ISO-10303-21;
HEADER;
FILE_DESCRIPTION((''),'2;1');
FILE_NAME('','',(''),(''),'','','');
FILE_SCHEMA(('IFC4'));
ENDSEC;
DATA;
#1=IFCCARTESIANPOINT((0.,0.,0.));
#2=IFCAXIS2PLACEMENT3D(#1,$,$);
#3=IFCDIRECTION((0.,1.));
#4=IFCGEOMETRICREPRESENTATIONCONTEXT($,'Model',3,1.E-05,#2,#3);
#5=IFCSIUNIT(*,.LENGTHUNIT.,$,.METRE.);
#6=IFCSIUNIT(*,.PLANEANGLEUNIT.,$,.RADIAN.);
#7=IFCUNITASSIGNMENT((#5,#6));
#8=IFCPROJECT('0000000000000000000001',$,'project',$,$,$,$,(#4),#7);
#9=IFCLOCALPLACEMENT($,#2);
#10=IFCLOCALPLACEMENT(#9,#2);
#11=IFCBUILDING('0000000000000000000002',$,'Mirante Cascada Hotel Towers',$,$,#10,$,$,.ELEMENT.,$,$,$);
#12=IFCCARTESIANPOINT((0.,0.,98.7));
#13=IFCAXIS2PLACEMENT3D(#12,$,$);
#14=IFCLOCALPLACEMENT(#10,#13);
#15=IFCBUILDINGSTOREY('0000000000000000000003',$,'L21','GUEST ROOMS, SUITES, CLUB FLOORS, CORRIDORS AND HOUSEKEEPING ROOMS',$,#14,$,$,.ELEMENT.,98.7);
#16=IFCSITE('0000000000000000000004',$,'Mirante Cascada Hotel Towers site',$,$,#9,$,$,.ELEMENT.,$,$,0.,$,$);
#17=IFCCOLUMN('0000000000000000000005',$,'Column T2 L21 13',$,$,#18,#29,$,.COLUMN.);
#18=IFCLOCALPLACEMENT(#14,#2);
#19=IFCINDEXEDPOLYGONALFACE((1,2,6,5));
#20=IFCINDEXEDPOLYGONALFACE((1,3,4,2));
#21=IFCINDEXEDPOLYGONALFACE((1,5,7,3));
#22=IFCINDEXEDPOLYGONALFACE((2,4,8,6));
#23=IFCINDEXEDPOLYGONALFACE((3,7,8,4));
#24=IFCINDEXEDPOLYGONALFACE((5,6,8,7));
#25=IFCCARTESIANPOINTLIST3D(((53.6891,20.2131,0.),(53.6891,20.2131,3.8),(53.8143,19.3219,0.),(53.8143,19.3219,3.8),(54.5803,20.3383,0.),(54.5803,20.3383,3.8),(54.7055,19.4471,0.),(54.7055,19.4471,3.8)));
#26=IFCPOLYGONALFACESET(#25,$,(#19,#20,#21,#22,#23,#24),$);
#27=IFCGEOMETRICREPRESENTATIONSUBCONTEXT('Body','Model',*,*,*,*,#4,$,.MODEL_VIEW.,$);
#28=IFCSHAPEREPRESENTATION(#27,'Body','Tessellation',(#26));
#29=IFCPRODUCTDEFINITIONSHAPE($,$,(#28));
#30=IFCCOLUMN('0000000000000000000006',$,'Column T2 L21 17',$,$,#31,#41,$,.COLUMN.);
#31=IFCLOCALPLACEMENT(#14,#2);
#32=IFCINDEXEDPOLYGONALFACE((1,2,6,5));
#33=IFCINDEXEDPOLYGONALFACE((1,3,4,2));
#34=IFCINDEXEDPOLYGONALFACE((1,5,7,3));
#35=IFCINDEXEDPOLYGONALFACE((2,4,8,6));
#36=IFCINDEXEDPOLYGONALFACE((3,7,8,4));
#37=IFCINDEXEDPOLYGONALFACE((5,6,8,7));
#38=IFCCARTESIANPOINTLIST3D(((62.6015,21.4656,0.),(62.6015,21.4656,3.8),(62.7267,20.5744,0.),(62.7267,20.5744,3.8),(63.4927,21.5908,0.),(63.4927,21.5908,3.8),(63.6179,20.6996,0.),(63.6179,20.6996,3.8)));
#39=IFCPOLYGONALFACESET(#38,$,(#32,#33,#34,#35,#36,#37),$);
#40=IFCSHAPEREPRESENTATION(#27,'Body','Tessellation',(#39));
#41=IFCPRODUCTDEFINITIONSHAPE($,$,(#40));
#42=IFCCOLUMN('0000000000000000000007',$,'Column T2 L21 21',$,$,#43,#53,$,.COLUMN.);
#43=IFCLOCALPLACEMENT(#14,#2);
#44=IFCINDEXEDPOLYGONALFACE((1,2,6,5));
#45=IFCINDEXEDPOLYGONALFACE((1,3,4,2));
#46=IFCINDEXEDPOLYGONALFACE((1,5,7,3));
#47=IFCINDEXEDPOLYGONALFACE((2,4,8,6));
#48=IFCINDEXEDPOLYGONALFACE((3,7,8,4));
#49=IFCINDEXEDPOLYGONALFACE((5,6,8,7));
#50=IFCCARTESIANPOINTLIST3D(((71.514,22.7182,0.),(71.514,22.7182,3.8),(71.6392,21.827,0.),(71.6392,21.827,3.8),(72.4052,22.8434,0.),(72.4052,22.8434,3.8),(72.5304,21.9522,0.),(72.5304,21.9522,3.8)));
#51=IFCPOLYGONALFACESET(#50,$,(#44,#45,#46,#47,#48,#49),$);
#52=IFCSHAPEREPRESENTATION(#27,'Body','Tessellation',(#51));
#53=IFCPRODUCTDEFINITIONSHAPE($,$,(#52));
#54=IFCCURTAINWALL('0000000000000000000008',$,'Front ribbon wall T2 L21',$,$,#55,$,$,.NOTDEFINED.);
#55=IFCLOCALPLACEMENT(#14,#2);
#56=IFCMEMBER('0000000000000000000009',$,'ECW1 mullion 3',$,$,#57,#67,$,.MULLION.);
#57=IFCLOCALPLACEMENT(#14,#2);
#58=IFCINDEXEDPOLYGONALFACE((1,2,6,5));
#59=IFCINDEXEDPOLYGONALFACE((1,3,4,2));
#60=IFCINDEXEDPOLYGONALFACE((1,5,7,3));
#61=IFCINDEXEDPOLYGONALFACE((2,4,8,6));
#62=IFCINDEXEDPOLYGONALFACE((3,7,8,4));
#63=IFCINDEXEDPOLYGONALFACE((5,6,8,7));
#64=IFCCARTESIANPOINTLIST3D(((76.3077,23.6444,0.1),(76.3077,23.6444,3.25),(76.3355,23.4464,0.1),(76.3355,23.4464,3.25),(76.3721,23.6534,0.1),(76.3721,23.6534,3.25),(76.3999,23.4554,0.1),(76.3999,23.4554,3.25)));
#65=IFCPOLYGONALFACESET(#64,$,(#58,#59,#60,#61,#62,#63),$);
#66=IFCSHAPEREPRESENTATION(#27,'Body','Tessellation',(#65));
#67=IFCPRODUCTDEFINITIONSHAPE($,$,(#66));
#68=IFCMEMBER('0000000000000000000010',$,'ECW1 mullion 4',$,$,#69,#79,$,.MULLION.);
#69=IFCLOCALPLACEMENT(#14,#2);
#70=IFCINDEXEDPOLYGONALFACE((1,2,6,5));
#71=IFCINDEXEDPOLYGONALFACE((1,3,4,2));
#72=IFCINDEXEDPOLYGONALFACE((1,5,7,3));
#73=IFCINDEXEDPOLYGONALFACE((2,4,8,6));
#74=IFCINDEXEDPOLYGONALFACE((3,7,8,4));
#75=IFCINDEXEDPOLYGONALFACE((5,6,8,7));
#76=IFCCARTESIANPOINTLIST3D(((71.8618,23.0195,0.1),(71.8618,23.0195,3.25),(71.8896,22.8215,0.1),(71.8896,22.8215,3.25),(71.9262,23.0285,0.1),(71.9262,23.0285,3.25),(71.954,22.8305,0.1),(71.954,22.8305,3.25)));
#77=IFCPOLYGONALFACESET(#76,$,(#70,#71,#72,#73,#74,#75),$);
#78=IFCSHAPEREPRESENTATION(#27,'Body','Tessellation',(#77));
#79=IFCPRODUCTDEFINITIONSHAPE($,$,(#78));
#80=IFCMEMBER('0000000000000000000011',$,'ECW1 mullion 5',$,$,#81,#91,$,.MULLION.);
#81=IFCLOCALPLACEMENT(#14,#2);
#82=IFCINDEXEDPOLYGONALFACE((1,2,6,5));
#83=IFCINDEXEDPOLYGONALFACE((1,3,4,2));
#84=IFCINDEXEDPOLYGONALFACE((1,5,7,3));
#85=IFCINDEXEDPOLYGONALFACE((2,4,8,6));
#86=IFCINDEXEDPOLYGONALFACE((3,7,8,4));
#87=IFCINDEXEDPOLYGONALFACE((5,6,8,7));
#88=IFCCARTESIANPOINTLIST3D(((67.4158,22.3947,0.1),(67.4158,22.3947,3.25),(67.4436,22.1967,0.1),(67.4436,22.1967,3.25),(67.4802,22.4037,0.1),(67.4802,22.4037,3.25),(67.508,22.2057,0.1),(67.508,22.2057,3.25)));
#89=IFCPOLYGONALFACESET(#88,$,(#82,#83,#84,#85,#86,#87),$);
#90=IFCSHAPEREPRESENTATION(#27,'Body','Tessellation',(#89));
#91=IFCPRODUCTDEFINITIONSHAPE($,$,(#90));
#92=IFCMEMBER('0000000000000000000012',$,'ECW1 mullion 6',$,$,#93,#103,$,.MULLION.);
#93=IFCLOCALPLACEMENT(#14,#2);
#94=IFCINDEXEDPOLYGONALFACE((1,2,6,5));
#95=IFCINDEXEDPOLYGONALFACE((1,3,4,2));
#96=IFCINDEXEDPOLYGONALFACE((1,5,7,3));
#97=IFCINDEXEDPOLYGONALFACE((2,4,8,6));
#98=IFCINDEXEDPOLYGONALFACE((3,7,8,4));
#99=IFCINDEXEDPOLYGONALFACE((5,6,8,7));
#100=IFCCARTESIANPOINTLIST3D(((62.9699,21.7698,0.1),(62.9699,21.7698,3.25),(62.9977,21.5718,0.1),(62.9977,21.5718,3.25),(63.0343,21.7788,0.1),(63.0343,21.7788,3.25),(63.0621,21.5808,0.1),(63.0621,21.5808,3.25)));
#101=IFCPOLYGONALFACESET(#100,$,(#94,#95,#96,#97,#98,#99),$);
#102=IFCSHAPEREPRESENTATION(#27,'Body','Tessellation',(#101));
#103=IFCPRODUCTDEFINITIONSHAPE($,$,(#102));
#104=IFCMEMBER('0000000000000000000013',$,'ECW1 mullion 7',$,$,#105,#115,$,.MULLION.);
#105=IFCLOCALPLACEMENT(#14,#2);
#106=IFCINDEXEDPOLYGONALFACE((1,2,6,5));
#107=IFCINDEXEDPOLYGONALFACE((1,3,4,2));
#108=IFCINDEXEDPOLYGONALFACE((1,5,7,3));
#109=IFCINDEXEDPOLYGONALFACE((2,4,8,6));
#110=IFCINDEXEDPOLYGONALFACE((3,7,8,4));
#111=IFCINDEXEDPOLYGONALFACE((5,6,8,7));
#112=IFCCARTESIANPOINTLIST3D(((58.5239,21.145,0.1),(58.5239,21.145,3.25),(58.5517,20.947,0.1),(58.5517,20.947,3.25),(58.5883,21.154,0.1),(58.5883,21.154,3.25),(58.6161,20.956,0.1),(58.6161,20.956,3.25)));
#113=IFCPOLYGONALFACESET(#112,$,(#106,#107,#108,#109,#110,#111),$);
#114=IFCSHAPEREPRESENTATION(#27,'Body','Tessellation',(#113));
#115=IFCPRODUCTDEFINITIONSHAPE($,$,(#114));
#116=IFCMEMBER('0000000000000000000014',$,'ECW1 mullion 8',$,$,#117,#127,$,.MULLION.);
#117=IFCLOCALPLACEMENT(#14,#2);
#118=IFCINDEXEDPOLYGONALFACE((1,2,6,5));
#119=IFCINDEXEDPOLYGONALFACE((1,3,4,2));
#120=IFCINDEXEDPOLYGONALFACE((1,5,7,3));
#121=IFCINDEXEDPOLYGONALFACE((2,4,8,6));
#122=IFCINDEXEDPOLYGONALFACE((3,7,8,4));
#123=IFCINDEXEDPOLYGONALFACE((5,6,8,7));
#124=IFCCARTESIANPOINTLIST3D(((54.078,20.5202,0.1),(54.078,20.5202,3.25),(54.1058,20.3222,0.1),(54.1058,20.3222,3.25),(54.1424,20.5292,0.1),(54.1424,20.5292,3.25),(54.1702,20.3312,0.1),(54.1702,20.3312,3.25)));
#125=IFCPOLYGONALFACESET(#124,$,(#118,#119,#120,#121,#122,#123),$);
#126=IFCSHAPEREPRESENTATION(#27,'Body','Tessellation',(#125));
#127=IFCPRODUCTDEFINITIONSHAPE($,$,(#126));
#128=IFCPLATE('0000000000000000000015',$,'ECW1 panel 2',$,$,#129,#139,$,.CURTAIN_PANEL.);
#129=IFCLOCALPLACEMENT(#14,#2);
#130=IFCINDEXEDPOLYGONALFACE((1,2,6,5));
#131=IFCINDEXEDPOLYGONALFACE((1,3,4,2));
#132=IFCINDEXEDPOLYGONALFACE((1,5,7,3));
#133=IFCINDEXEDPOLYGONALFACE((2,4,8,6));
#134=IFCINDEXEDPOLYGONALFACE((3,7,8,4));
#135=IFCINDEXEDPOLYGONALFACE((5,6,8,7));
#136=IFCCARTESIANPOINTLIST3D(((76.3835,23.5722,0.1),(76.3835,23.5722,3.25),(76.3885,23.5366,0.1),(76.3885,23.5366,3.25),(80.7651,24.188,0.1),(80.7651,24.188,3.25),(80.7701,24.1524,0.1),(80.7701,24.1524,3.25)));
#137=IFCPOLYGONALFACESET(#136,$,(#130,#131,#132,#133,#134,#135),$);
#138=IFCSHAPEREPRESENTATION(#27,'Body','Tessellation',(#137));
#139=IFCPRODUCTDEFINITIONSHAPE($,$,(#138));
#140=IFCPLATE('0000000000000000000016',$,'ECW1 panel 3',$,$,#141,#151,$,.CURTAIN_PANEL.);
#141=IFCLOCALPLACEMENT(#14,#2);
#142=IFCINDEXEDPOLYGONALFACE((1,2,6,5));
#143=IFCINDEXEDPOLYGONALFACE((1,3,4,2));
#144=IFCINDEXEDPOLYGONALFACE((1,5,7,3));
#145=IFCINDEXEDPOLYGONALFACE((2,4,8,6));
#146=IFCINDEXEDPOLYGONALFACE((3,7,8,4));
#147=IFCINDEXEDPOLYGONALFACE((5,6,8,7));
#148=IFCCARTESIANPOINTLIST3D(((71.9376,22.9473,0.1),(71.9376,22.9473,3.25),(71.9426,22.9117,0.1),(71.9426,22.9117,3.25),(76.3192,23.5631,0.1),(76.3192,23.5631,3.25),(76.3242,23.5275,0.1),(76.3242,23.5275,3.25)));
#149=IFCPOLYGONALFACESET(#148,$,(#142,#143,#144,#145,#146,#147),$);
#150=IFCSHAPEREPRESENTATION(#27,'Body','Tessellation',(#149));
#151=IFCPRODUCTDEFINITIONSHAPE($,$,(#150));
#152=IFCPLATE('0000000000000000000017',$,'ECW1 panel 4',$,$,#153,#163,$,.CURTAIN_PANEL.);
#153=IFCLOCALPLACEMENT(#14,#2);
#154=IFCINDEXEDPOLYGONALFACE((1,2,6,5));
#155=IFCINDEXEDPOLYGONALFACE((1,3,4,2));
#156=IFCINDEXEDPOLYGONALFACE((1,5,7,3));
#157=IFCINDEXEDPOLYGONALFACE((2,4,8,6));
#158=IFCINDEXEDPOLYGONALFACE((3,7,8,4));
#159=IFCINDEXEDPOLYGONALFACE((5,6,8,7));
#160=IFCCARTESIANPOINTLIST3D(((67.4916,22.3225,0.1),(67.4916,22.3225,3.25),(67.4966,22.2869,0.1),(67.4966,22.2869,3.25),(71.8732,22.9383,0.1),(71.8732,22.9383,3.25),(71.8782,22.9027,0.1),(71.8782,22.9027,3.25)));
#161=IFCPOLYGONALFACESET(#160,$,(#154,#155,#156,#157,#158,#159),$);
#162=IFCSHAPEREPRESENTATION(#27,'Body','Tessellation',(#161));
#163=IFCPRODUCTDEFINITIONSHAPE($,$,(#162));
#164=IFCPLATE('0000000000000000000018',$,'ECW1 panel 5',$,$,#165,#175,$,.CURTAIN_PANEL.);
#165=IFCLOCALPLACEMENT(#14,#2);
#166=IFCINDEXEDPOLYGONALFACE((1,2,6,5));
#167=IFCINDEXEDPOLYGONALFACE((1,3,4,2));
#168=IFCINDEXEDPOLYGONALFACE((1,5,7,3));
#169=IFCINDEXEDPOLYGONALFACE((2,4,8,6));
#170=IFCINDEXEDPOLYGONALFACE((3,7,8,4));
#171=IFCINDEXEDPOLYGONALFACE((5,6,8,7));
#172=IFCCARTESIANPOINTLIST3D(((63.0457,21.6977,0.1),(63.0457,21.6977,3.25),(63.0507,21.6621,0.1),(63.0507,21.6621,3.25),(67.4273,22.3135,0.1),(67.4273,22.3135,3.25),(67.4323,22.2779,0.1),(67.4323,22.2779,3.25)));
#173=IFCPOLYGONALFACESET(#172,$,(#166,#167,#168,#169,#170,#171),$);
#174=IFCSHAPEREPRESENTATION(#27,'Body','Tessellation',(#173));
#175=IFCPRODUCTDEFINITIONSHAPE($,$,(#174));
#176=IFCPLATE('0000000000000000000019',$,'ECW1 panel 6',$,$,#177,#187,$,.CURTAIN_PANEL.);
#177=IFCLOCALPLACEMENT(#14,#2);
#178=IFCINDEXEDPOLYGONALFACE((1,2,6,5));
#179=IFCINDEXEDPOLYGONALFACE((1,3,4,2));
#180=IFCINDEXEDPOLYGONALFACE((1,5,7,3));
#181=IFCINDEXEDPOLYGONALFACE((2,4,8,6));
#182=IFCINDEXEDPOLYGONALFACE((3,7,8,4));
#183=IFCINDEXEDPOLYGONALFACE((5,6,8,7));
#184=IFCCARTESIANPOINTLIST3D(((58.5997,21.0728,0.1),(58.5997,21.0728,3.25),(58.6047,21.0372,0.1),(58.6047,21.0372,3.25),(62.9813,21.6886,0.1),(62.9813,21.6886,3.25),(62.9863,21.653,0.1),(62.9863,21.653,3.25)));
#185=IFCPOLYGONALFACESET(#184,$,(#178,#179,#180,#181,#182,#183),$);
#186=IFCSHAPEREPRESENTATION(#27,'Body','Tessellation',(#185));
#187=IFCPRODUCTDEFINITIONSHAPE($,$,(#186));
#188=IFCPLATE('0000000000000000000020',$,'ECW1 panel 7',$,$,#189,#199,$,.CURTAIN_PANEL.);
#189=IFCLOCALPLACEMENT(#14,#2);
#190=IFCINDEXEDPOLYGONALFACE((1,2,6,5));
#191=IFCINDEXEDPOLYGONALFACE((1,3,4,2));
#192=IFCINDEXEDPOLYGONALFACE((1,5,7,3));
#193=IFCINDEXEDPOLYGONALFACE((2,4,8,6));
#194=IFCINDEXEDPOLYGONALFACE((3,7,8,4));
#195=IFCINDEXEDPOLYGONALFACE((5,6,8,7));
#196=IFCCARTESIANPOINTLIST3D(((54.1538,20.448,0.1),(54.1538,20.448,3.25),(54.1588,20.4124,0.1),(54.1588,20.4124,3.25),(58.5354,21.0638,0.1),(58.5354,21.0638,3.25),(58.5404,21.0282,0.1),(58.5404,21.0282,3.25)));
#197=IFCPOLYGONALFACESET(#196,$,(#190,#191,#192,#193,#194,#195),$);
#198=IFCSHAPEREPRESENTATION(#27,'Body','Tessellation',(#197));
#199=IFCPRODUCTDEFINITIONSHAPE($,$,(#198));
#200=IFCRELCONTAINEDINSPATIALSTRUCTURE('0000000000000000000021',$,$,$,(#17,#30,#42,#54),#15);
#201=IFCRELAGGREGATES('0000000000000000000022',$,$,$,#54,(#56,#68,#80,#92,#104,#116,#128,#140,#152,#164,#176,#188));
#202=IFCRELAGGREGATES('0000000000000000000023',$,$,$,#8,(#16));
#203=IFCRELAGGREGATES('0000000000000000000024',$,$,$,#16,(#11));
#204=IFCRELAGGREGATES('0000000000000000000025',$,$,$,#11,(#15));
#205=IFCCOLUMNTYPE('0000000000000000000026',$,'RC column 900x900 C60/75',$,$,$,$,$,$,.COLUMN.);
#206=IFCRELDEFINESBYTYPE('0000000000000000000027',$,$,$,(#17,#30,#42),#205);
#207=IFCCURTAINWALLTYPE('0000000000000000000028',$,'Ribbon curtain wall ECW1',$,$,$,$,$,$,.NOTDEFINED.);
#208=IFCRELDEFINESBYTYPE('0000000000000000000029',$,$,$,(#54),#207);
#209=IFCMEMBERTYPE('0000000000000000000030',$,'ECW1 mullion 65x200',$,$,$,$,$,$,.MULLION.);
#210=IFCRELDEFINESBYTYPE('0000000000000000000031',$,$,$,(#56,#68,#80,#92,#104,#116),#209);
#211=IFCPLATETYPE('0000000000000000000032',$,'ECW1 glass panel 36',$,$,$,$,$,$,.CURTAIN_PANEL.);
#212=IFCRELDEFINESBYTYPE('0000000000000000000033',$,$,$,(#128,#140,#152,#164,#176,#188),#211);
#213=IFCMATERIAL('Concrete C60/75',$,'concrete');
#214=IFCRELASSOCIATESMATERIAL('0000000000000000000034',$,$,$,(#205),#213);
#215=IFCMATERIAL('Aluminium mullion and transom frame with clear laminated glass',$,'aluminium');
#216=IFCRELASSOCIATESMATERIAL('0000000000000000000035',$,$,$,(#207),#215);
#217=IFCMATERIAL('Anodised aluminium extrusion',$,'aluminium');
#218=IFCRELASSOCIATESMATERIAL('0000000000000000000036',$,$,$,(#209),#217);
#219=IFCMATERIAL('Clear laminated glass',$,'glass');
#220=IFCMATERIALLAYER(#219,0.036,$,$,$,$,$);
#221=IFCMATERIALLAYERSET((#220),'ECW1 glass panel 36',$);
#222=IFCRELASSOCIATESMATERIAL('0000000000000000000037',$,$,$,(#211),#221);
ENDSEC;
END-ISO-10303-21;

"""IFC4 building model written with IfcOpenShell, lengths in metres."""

from ifc_helpers import new_model, si_unit, direction, frame, origin, origin_2d, place, context, subcontext, project, spatial, rectangle, extrude, material, layer, layer_set, material_profile, profile_set, type_object, element, aggregate, save


model = new_model("IFC4")

# Units and contexts
model_context = context("Model", 3, precision=1e-05, world=origin(), true_north=direction((0.0, 1.0)))
body_context = subcontext(model_context, "Body", "Model", "MODEL_VIEW")
ifc_project = project(units=[si_unit("LENGTHUNIT", "METRE"), si_unit("PLANEANGLEUNIT", "RADIAN")], contexts=[model_context])

# Site, building, storey
site_placement = place(None, origin())
site = spatial("IfcSite", under=ifc_project, at=site_placement, Name="Mirante Cascada Hotel Towers site", CompositionType="ELEMENT", RefElevation=0.0)
building_placement = place(site_placement, origin())
building = spatial("IfcBuilding", under=site, at=building_placement, Name="Mirante Cascada Hotel Towers", CompositionType="ELEMENT")
storey_placement = place(building_placement, frame((0.0, 0.0, 98.7)))
storey = spatial("IfcBuildingStorey", under=building, at=storey_placement, Name="L21", Description="GUEST ROOMS, SUITES, CLUB FLOORS, CORRIDORS AND HOUSEKEEPING ROOMS", CompositionType="ELEMENT", Elevation=98.7)

# Columns
ifc_material_1 = material(Name="Concrete C60/75", Category="concrete")
ifc_material_profile_1 = material_profile(ifc_material_1, rectangle(XDim=0.9, YDim=0.9, at=origin_2d()), Name="RC column 900x900 C60/75")
ifc_profile_set_1 = profile_set([ifc_material_profile_1], Name="Concrete C60/75")
column_type = type_object("IfcColumnType", Name="RC column 900x900 C60/75", PredefinedType="COLUMN", material=ifc_profile_set_1)
for number, where, z_axis, x_axis, name in (
    (1, (54.1973, 19.8301, 0.0), (0.0, 0.0, 1.0), (0.990268, 0.139173, 0.0), "Column T2 L21 13"),
    (2, (63.1097, 21.0826, 0.0), (0.0, 0.0, 1.0), (0.990268, 0.139173, 0.0), "Column T2 L21 17"),
    (3, (72.0222, 22.3352, 0.0), (0.0, 0.0, 1.0), (0.990268, 0.139173, 0.0), "Column T2 L21 21"),
):
    element("IfcColumn", number, at=place(storey_placement, frame(where, z_axis=z_axis, x_axis=x_axis)), inside=storey, type_object=column_type, Name=name, PredefinedType="COLUMN", context=body_context, shape_type="SweptSolid", body=[
        extrude(rectangle(XDim=0.9, YDim=0.9, at=origin_2d()), origin(), (0.0, 0.0, 1.0), 3.8),
    ])

# Curtain wall, members, plates
ifc_material_2 = material(Name="Aluminium mullion and transom frame with clear laminated glass", Category="aluminium")
curtain_wall_type = type_object("IfcCurtainWallType", Name="Ribbon curtain wall ECW1", PredefinedType="NOTDEFINED", material=ifc_material_2)
curtain_wall_placement = place(storey_placement, origin())
curtain_wall = element("IfcCurtainWall", 4, at=curtain_wall_placement, inside=storey, type_object=curtain_wall_type, Name="Front ribbon wall T2 L21", PredefinedType="NOTDEFINED")
ifc_material_3 = material(Name="Anodised aluminium extrusion", Category="aluminium")
ifc_material_profile_2 = material_profile(ifc_material_3, rectangle(XDim=0.2, YDim=0.065, at=origin_2d()), Name="ECW1 MULLION 65x200")
ifc_profile_set_2 = profile_set([ifc_material_profile_2], Name="Anodised aluminium extrusion")
member_type = type_object("IfcMemberType", Name="ECW1 mullion 65x200", PredefinedType="MULLION", material=ifc_profile_set_2)
member_1_placement = place(storey_placement, frame((76.3538, 23.5499, 0.1), z_axis=(0.0, 0.0, 1.0), x_axis=(0.139173, -0.990268, 0.0)))
member_1 = element("IfcMember", 5, at=member_1_placement, type_object=member_type, Name="ECW1 mullion 3", PredefinedType="MULLION", context=body_context, shape_type="SweptSolid", body=[
    extrude(rectangle(XDim=0.2, YDim=0.065, at=origin_2d()), origin(), (0.0, 0.0, 1.0), 3.15),
])
member_2_placement = place(storey_placement, frame((71.9079, 22.925, 0.1), z_axis=(0.0, 0.0, 1.0), x_axis=(0.139173, -0.990268, 0.0)))
member_2 = element("IfcMember", 6, at=member_2_placement, type_object=member_type, Name="ECW1 mullion 4", PredefinedType="MULLION", context=body_context, shape_type="SweptSolid", body=[
    extrude(rectangle(XDim=0.2, YDim=0.065, at=origin_2d()), origin(), (0.0, 0.0, 1.0), 3.15),
])
member_3_placement = place(storey_placement, frame((67.4619, 22.3002, 0.1), z_axis=(0.0, 0.0, 1.0), x_axis=(0.139173, -0.990268, 0.0)))
member_3 = element("IfcMember", 7, at=member_3_placement, type_object=member_type, Name="ECW1 mullion 5", PredefinedType="MULLION", context=body_context, shape_type="SweptSolid", body=[
    extrude(rectangle(XDim=0.2, YDim=0.065, at=origin_2d()), origin(), (0.0, 0.0, 1.0), 3.15),
])
member_4_placement = place(storey_placement, frame((63.016, 21.6753, 0.1), z_axis=(0.0, 0.0, 1.0), x_axis=(0.139173, -0.990268, 0.0)))
member_4 = element("IfcMember", 8, at=member_4_placement, type_object=member_type, Name="ECW1 mullion 6", PredefinedType="MULLION", context=body_context, shape_type="SweptSolid", body=[
    extrude(rectangle(XDim=0.2, YDim=0.065, at=origin_2d()), origin(), (0.0, 0.0, 1.0), 3.15),
])
member_5_placement = place(storey_placement, frame((58.57, 21.0505, 0.1), z_axis=(0.0, 0.0, 1.0), x_axis=(0.139173, -0.990268, 0.0)))
member_5 = element("IfcMember", 9, at=member_5_placement, type_object=member_type, Name="ECW1 mullion 7", PredefinedType="MULLION", context=body_context, shape_type="SweptSolid", body=[
    extrude(rectangle(XDim=0.2, YDim=0.065, at=origin_2d()), origin(), (0.0, 0.0, 1.0), 3.15),
])
member_6_placement = place(storey_placement, frame((54.1241, 20.4257, 0.1), z_axis=(0.0, 0.0, 1.0), x_axis=(0.139173, -0.990268, 0.0)))
member_6 = element("IfcMember", 10, at=member_6_placement, type_object=member_type, Name="ECW1 mullion 8", PredefinedType="MULLION", context=body_context, shape_type="SweptSolid", body=[
    extrude(rectangle(XDim=0.2, YDim=0.065, at=origin_2d()), origin(), (0.0, 0.0, 1.0), 3.15),
])
ifc_material_4 = material(Name="Clear laminated glass", Category="glass")
ifc_layer_1 = layer(ifc_material_4, 0.036)
ifc_layer_set_1 = layer_set([ifc_layer_1], Name="ECW1 glass panel 36")
plate_type = type_object("IfcPlateType", Name="ECW1 glass panel 36", PredefinedType="CURTAIN_PANEL", material=ifc_layer_set_1)
plate_1_placement = place(storey_placement, frame((78.5768, 23.8623, 0.1), z_axis=(0.0, 0.0, 1.0), x_axis=(-0.990268, -0.139173, 0.0)))
plate_1 = element("IfcPlate", 11, at=plate_1_placement, type_object=plate_type, Name="ECW1 panel 2", PredefinedType="CURTAIN_PANEL", context=body_context, shape_type="SweptSolid", body=[
    extrude(rectangle(XDim=4.4246, YDim=0.036, at=origin_2d()), origin(), (0.0, 0.0, 1.0), 3.15),
])
plate_2_placement = place(storey_placement, frame((74.1309, 23.2374, 0.1), z_axis=(0.0, 0.0, 1.0), x_axis=(-0.990268, -0.139173, 0.0)))
plate_2 = element("IfcPlate", 12, at=plate_2_placement, type_object=plate_type, Name="ECW1 panel 3", PredefinedType="CURTAIN_PANEL", context=body_context, shape_type="SweptSolid", body=[
    extrude(rectangle(XDim=4.4246, YDim=0.036, at=origin_2d()), origin(), (0.0, 0.0, 1.0), 3.15),
])
plate_3_placement = place(storey_placement, frame((69.6849, 22.6126, 0.1), z_axis=(0.0, 0.0, 1.0), x_axis=(-0.990268, -0.139173, 0.0)))
plate_3 = element("IfcPlate", 13, at=plate_3_placement, type_object=plate_type, Name="ECW1 panel 4", PredefinedType="CURTAIN_PANEL", context=body_context, shape_type="SweptSolid", body=[
    extrude(rectangle(XDim=4.4246, YDim=0.036, at=origin_2d()), origin(), (0.0, 0.0, 1.0), 3.15),
])
plate_4_placement = place(storey_placement, frame((65.239, 21.9878, 0.1), z_axis=(0.0, 0.0, 1.0), x_axis=(-0.990268, -0.139173, 0.0)))
plate_4 = element("IfcPlate", 14, at=plate_4_placement, type_object=plate_type, Name="ECW1 panel 5", PredefinedType="CURTAIN_PANEL", context=body_context, shape_type="SweptSolid", body=[
    extrude(rectangle(XDim=4.4246, YDim=0.036, at=origin_2d()), origin(), (0.0, 0.0, 1.0), 3.15),
])
plate_5_placement = place(storey_placement, frame((60.793, 21.3629, 0.1), z_axis=(0.0, 0.0, 1.0), x_axis=(-0.990268, -0.139173, 0.0)))
plate_5 = element("IfcPlate", 15, at=plate_5_placement, type_object=plate_type, Name="ECW1 panel 6", PredefinedType="CURTAIN_PANEL", context=body_context, shape_type="SweptSolid", body=[
    extrude(rectangle(XDim=4.4246, YDim=0.036, at=origin_2d()), origin(), (0.0, 0.0, 1.0), 3.15),
])
plate_6_placement = place(storey_placement, frame((56.3471, 20.7381, 0.1), z_axis=(0.0, 0.0, 1.0), x_axis=(-0.990268, -0.139173, 0.0)))
plate_6 = element("IfcPlate", 16, at=plate_6_placement, type_object=plate_type, Name="ECW1 panel 7", PredefinedType="CURTAIN_PANEL", context=body_context, shape_type="SweptSolid", body=[
    extrude(rectangle(XDim=4.4246, YDim=0.036, at=origin_2d()), origin(), (0.0, 0.0, 1.0), 3.15),
])
aggregate(curtain_wall, [member_1, member_2, member_3, member_4, member_5, member_6, plate_1, plate_2, plate_3, plate_4, plate_5, plate_6])

save(model, "model.ifc")
